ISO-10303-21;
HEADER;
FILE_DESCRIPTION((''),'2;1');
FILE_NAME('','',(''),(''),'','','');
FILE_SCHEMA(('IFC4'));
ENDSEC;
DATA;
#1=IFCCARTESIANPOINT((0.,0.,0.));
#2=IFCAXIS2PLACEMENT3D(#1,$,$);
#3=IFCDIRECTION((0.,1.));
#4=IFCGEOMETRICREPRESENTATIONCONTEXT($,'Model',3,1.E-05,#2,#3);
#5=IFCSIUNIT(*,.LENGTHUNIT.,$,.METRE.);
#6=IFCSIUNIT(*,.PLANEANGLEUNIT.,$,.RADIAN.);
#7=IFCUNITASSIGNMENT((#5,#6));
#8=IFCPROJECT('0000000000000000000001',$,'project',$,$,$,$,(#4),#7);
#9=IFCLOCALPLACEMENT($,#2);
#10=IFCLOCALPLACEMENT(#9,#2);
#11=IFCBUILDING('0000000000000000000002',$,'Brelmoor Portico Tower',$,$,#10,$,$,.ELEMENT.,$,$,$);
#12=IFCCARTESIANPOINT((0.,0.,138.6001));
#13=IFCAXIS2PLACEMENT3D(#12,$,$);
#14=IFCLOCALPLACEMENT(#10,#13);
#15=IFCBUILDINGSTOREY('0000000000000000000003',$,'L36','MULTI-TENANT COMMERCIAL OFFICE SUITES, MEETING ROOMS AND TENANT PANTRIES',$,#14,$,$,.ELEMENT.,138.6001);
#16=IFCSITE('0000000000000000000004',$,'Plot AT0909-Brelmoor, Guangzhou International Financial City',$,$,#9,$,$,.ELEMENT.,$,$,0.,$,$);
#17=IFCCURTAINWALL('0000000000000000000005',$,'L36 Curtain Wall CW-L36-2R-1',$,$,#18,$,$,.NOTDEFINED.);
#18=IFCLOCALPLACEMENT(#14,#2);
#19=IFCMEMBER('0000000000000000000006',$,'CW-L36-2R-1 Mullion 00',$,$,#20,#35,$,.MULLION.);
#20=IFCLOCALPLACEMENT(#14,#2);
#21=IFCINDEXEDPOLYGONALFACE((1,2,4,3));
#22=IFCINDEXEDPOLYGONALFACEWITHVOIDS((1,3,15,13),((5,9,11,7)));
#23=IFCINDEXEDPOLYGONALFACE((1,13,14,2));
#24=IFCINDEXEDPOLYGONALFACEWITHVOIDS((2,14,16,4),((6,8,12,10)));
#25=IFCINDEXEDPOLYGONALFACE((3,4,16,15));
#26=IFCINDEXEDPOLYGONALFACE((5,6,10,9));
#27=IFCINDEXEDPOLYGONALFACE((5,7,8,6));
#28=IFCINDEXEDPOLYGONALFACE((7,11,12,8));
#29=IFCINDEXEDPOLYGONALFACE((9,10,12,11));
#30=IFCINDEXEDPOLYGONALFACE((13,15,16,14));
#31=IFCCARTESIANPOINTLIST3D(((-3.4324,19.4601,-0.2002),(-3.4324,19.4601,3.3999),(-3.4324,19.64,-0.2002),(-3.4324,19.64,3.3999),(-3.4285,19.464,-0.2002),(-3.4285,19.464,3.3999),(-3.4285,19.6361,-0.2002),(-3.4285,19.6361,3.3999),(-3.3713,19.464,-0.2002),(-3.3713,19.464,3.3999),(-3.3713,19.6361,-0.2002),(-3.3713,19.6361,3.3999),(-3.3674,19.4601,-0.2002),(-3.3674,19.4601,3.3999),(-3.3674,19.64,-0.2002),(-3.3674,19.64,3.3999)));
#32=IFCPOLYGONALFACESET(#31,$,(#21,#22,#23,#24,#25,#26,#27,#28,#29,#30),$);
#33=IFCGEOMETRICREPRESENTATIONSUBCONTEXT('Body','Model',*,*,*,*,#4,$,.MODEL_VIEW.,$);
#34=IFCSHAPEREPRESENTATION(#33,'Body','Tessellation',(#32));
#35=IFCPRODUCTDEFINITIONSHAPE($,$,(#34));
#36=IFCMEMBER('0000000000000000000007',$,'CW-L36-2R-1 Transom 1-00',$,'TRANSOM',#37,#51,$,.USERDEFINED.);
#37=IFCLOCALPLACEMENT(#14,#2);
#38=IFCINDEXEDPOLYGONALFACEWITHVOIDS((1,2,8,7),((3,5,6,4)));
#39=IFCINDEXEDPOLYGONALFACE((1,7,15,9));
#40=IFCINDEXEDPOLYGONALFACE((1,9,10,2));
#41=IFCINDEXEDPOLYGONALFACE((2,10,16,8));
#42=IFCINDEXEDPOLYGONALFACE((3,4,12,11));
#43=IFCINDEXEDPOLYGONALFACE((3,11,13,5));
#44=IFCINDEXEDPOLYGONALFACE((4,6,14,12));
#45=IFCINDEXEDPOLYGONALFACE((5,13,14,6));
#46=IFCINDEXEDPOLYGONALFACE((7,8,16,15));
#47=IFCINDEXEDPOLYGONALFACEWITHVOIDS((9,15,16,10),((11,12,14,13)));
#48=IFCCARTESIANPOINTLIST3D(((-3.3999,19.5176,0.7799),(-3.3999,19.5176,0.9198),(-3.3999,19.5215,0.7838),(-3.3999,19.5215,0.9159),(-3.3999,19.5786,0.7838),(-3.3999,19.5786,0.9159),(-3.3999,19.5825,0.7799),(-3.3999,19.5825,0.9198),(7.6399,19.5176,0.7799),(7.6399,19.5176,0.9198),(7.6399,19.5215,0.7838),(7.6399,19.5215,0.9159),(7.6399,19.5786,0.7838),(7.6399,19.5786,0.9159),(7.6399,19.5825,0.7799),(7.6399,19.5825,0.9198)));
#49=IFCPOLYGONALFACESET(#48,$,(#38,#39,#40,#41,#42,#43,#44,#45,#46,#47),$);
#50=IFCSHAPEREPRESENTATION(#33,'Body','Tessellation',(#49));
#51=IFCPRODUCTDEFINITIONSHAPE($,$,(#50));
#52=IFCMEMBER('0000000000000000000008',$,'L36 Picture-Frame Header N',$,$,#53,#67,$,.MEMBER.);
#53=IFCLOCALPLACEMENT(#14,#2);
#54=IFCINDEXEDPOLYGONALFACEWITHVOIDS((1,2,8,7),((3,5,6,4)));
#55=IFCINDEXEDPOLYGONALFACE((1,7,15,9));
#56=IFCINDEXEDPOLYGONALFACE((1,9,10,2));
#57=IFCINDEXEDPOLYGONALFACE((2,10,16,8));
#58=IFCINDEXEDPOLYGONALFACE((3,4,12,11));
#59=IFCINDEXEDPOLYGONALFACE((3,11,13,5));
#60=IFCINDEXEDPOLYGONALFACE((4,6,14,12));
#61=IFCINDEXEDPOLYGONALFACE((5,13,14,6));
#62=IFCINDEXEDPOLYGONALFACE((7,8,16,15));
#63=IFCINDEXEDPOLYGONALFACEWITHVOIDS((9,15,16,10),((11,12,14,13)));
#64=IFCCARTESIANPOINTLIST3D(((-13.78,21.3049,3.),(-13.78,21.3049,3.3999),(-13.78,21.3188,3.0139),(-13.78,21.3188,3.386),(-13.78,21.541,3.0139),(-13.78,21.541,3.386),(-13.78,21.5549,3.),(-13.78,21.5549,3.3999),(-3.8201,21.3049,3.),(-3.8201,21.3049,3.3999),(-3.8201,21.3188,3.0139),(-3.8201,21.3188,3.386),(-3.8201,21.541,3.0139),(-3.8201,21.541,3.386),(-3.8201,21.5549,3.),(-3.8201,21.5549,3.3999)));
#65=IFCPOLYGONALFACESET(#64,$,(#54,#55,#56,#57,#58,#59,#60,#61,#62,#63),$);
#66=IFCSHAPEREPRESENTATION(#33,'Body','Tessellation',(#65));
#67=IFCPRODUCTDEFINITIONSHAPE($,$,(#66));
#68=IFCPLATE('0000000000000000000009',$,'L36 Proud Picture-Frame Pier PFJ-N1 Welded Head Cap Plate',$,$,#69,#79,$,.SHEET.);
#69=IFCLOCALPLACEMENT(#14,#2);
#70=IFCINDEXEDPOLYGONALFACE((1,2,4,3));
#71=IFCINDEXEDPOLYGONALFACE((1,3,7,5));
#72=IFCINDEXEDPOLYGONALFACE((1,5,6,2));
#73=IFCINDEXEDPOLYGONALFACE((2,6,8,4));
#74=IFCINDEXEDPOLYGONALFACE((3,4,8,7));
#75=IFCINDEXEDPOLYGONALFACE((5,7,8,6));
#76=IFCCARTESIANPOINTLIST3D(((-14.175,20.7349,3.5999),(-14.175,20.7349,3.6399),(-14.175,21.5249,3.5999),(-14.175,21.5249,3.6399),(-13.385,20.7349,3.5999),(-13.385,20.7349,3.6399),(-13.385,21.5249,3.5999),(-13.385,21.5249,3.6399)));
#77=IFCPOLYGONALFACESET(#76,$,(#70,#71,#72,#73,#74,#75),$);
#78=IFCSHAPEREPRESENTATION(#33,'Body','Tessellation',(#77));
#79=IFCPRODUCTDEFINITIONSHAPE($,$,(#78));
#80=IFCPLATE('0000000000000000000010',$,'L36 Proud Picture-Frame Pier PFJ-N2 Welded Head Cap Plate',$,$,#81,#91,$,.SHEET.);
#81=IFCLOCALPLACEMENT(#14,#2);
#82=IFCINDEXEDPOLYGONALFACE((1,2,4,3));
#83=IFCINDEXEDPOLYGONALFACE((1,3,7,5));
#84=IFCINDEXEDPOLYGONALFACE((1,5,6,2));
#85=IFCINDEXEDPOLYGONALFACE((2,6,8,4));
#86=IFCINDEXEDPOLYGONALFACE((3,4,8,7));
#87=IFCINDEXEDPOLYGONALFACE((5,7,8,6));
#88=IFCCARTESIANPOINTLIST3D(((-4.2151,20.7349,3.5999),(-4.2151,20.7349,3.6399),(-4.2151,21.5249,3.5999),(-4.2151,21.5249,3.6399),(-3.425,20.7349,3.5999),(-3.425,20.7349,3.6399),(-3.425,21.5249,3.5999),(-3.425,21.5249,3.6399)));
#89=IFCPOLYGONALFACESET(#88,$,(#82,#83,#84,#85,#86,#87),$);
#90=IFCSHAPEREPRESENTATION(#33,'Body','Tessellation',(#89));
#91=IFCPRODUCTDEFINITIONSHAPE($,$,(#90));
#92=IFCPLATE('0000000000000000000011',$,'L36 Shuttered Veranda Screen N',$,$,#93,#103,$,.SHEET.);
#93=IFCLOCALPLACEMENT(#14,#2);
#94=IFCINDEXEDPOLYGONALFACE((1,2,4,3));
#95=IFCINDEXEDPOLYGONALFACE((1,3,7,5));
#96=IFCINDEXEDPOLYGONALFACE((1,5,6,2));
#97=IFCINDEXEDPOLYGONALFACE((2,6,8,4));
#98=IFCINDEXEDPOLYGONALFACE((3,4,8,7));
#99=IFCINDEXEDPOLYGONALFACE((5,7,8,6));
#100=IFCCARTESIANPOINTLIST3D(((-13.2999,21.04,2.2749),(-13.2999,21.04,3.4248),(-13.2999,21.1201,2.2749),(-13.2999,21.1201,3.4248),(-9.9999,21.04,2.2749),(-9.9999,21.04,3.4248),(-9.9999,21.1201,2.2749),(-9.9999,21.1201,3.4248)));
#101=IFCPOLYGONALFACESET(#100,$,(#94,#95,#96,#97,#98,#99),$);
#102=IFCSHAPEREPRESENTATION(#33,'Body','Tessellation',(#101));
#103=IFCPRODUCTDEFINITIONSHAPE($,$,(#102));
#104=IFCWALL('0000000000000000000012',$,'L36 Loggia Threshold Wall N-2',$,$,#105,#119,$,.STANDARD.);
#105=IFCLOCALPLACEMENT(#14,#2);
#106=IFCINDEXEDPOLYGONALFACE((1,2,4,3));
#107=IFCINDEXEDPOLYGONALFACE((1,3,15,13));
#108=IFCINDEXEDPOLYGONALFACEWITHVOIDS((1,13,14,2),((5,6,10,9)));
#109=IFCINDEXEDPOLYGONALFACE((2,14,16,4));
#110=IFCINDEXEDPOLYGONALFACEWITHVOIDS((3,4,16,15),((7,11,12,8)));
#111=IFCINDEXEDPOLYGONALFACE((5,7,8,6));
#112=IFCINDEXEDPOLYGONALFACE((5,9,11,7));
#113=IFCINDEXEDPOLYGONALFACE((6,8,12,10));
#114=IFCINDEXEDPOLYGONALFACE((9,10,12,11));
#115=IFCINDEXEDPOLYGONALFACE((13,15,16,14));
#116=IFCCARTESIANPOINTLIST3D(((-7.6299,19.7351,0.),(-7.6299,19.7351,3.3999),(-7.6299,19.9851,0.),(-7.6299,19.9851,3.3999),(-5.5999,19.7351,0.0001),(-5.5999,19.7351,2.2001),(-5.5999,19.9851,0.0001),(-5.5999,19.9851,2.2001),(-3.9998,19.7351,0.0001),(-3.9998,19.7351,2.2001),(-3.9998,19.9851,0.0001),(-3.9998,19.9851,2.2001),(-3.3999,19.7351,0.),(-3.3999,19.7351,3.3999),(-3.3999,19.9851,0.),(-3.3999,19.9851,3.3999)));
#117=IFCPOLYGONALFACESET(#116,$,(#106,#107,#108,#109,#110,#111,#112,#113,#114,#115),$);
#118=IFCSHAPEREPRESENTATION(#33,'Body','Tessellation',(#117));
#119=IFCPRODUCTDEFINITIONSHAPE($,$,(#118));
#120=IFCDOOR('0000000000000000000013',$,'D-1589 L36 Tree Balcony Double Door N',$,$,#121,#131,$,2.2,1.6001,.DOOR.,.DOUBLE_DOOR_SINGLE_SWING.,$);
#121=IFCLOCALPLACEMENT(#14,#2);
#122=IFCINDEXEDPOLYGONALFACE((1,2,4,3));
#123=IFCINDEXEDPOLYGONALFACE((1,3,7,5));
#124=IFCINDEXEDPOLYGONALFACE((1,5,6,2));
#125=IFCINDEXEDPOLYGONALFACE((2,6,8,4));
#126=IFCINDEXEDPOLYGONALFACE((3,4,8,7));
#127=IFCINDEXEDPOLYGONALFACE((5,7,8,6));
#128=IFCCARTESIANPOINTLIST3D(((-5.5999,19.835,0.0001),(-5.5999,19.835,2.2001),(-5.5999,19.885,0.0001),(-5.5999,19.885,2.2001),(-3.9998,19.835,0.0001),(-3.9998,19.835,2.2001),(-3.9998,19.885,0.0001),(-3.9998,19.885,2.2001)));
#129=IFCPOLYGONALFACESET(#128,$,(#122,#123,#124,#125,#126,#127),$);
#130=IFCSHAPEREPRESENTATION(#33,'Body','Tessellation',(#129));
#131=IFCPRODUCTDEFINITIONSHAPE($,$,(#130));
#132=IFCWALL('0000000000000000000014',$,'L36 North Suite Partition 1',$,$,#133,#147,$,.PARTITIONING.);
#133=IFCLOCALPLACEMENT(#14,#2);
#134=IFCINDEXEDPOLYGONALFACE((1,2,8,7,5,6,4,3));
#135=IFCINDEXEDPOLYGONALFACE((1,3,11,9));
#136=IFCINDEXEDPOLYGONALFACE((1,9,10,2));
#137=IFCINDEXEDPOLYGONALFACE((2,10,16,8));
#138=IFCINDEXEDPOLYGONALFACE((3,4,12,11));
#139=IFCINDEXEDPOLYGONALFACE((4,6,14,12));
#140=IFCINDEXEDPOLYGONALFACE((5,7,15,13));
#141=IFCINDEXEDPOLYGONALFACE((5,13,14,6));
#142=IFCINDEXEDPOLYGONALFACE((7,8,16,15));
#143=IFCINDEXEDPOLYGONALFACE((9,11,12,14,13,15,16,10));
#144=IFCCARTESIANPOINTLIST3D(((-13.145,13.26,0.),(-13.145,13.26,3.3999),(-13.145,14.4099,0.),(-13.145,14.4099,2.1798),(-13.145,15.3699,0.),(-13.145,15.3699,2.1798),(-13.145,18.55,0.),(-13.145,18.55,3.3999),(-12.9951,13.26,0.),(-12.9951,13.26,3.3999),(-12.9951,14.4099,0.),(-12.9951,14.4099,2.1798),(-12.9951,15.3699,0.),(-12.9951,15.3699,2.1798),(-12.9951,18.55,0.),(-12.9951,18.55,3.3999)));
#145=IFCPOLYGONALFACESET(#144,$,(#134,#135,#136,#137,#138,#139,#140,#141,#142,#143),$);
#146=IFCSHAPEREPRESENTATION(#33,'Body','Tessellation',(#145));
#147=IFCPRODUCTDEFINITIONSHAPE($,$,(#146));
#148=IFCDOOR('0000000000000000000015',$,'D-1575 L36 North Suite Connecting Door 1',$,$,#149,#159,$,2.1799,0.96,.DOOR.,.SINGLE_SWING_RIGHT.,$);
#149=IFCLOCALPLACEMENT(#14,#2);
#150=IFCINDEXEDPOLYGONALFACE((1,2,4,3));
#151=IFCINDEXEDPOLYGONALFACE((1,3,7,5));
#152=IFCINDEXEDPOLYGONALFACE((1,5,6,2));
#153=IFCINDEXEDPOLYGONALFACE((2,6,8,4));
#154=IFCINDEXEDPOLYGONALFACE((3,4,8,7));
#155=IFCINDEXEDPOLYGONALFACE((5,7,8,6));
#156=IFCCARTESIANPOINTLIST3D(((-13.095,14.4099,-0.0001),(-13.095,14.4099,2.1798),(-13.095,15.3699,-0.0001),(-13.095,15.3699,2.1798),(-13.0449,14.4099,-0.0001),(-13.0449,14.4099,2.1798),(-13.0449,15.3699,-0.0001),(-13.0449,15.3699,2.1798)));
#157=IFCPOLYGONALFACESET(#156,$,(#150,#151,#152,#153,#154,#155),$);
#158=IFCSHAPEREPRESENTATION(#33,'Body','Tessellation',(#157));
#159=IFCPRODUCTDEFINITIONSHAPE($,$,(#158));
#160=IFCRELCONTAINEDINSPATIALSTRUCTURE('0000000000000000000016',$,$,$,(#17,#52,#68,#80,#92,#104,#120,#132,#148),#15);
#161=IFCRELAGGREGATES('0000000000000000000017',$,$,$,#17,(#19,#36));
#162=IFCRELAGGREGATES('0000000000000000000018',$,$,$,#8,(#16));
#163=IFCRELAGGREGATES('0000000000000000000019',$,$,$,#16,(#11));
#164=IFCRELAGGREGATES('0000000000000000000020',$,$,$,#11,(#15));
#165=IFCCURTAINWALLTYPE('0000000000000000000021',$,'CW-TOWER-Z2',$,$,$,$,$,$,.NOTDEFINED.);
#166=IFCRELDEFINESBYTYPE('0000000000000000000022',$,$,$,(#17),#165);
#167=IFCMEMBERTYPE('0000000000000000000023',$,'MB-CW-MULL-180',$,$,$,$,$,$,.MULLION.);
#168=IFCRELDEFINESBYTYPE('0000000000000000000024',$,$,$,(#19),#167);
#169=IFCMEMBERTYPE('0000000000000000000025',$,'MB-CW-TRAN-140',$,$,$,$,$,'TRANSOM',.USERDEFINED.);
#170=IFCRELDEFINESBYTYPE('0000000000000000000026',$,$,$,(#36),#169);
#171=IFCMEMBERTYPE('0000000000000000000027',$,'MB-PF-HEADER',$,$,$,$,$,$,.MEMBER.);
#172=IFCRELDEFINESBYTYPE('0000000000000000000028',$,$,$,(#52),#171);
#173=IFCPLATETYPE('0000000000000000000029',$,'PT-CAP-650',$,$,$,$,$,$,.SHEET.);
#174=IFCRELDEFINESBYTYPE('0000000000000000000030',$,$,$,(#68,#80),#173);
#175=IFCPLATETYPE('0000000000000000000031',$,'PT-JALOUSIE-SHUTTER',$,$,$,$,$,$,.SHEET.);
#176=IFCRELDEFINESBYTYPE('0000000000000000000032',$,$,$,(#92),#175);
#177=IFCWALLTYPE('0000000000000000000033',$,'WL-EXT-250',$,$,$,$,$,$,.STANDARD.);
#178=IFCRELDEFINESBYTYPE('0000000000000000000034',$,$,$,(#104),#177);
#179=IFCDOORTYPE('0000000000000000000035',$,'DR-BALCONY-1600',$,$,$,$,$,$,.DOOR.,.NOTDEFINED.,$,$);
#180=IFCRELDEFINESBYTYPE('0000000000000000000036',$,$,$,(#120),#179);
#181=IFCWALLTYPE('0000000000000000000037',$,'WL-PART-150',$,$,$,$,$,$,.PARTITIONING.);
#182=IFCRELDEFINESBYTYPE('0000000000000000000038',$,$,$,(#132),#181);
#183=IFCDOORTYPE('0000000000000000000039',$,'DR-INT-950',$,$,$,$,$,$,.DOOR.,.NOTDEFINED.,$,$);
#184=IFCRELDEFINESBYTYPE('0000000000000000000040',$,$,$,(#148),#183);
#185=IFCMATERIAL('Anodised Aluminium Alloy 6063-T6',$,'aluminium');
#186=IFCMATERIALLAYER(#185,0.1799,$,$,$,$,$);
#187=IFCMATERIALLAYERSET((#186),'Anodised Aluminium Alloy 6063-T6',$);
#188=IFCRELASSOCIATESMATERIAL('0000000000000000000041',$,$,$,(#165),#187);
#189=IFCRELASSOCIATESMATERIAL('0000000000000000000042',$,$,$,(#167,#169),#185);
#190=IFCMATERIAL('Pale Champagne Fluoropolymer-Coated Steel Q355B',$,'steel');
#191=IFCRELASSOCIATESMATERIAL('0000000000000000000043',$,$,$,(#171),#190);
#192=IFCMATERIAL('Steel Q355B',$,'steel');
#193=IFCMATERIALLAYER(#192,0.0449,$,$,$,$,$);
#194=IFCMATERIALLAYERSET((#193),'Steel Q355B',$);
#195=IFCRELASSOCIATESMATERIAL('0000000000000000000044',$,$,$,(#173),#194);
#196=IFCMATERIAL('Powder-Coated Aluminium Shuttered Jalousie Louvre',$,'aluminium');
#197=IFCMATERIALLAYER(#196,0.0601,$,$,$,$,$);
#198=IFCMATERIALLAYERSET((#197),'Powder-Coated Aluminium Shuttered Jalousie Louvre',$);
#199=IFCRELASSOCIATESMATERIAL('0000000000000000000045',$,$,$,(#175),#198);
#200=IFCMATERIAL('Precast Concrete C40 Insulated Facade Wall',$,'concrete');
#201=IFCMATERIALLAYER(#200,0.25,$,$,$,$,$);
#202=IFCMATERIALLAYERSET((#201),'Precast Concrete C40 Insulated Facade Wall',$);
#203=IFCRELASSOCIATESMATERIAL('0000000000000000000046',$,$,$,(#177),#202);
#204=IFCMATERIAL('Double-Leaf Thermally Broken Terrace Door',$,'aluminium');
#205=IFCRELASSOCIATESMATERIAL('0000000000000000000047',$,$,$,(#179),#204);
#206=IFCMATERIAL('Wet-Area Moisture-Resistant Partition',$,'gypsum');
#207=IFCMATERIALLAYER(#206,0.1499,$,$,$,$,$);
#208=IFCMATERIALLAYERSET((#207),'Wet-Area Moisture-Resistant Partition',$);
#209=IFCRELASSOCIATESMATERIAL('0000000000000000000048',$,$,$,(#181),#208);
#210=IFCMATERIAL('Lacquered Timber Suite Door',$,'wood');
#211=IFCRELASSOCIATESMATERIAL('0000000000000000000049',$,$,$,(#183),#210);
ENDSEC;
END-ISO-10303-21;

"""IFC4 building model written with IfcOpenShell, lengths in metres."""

from ifc_helpers import new_model, si_unit, direction, frame, frame_2d, origin, origin_2d, place, context, subcontext, project, spatial, rectangle, hollow_rectangle, extrude, material, layer, layer_set, material_profile, profile_set, type_object, element, fill, aggregate, save


model = new_model("IFC4")

# Units and contexts
model_context = context("Model", 3, precision=1e-05, world=origin(), true_north=direction((0.0, 1.0)))
body_context = subcontext(model_context, "Body", "Model", "MODEL_VIEW")
ifc_project = project(units=[si_unit("LENGTHUNIT", "METRE"), si_unit("PLANEANGLEUNIT", "RADIAN")], contexts=[model_context])

# Site, building, storey
site_placement = place(None, origin())
site = spatial("IfcSite", under=ifc_project, at=site_placement, Name="Plot AT0909-Brelmoor, Guangzhou International Financial City", CompositionType="ELEMENT", RefElevation=0.0)
building_placement = place(site_placement, origin())
building = spatial("IfcBuilding", under=site, at=building_placement, Name="Brelmoor Portico Tower", CompositionType="ELEMENT")
storey_placement = place(building_placement, frame((0.0, 0.0, 138.6001)))
storey = spatial("IfcBuildingStorey", under=building, at=storey_placement, Name="L36", Description="MULTI-TENANT COMMERCIAL OFFICE SUITES, MEETING ROOMS AND TENANT PANTRIES", CompositionType="ELEMENT", Elevation=138.6001)

# Shared definitions
ifc_material_1 = material(Name="Steel Q355B", Category="steel")

# Curtain wall, members
ifc_material_2 = material(Name="Anodised Aluminium Alloy 6063-T6", Category="aluminium")
ifc_layer_1 = layer(ifc_material_2, 0.1799)
ifc_layer_set_1 = layer_set([ifc_layer_1], Name="Anodised Aluminium Alloy 6063-T6")
curtain_wall_type = type_object("IfcCurtainWallType", Name="CW-TOWER-Z2", PredefinedType="NOTDEFINED", material=ifc_layer_set_1)
curtain_wall_placement = place(storey_placement, origin())
curtain_wall = element("IfcCurtainWall", 1, at=curtain_wall_placement, inside=storey, type_object=curtain_wall_type, Name="L36 Curtain Wall CW-L36-2R-1", PredefinedType="NOTDEFINED")
ifc_material_profile_1 = material_profile(ifc_material_2, hollow_rectangle(XDim=0.0649, YDim=0.1799, WallThickness=0.0039, at=origin_2d()), Name="ALU MULLION 65x180")
ifc_profile_set_1 = profile_set([ifc_material_profile_1], Name="Anodised Aluminium Alloy 6063-T6")
member_type_1 = type_object("IfcMemberType", Name="MB-CW-MULL-180", PredefinedType="MULLION", material=ifc_profile_set_1)
member_1_placement = place(storey_placement, frame((-3.3999, 19.55, -0.2002), z_axis=(0.0, 0.0, 1.0), x_axis=(1.0, 0.0, 0.0)))
member_1 = element("IfcMember", 2, at=member_1_placement, type_object=member_type_1, Name="CW-L36-2R-1 Mullion 00", PredefinedType="MULLION", context=body_context, shape_type="SweptSolid", body=[
    extrude(hollow_rectangle(XDim=0.0649, YDim=0.1799, WallThickness=0.0039, at=origin_2d()), origin(), (0.0, 0.0, 1.0), 3.6001),
])
ifc_material_profile_2 = material_profile(ifc_material_2, hollow_rectangle(XDim=0.0649, YDim=0.1399, WallThickness=0.0039, at=origin_2d()), Name="ALU TRANSOM 65x140")
ifc_profile_set_2 = profile_set([ifc_material_profile_2], Name="Anodised Aluminium Alloy 6063-T6")
member_type_2 = type_object("IfcMemberType", Name="MB-CW-TRAN-140", ElementType="TRANSOM", PredefinedType="USERDEFINED", material=ifc_profile_set_2)
member_2_placement = place(storey_placement, frame((-3.3999, 19.55, 0.8499), z_axis=(1.0, 0.0, 0.0), x_axis=(0.0, 1.0, 0.0)))
member_2 = element("IfcMember", 3, at=member_2_placement, type_object=member_type_2, Name="CW-L36-2R-1 Transom 1-00", ObjectType="TRANSOM", PredefinedType="USERDEFINED", context=body_context, shape_type="SweptSolid", body=[
    extrude(hollow_rectangle(XDim=0.0649, YDim=0.1399, WallThickness=0.0039, at=origin_2d()), origin(), (0.0, 0.0, 1.0), 11.0398),
])
aggregate(curtain_wall, [member_1, member_2])

# Member
ifc_material_3 = material(Name="Pale Champagne Fluoropolymer-Coated Steel Q355B", Category="steel")
ifc_material_profile_3 = material_profile(ifc_material_3, hollow_rectangle(XDim=0.25, YDim=0.3999, WallThickness=0.0139, at=origin_2d()), Name="RHS 250x400x14")
ifc_profile_set_3 = profile_set([ifc_material_profile_3], Name="Pale Champagne Fluoropolymer-Coated Steel Q355B")
member_type_3 = type_object("IfcMemberType", Name="MB-PF-HEADER", PredefinedType="MEMBER", material=ifc_profile_set_3)
member_3_placement = place(storey_placement, frame((-13.78, 21.4299, 3.2), z_axis=(1.0, 0.0, 0.0), x_axis=(0.0, 1.0, 0.0)))
element("IfcMember", 4, at=member_3_placement, inside=storey, type_object=member_type_3, Name="L36 Picture-Frame Header N", PredefinedType="MEMBER", context=body_context, shape_type="SweptSolid", body=[
    extrude(hollow_rectangle(XDim=0.25, YDim=0.3999, WallThickness=0.0139, at=origin_2d()), origin(), (0.0, 0.0, 1.0), 9.96),
])

# Plates
ifc_layer_2 = layer(ifc_material_1, 0.0449)
ifc_layer_set_2 = layer_set([ifc_layer_2], Name="Steel Q355B")
plate_type_1 = type_object("IfcPlateType", Name="PT-CAP-650", PredefinedType="SHEET", material=ifc_layer_set_2)
for number, where, z_axis, x_axis, name in (
    (5, (-13.78, 21.1299, 3.5999), (0.0, 0.0, 1.0), (1.0, 0.0, 0.0), "L36 Proud Picture-Frame Pier PFJ-N1 Welded Head Cap Plate"),
    (6, (-3.8201, 21.1299, 3.5999), (0.0, 0.0, 1.0), (1.0, 0.0, 0.0), "L36 Proud Picture-Frame Pier PFJ-N2 Welded Head Cap Plate"),
):
    element("IfcPlate", number, at=place(storey_placement, frame(where, z_axis=z_axis, x_axis=x_axis)), inside=storey, type_object=plate_type_1, Name=name, PredefinedType="SHEET", context=body_context, shape_type="SweptSolid", body=[
        extrude(rectangle(XDim=0.79, YDim=0.79, at=origin_2d()), origin(), (0.0, 0.0, 1.0), 0.04),
    ])
ifc_material_4 = material(Name="Powder-Coated Aluminium Shuttered Jalousie Louvre", Category="aluminium")
ifc_layer_3 = layer(ifc_material_4, 0.0601)
ifc_layer_set_3 = layer_set([ifc_layer_3], Name="Powder-Coated Aluminium Shuttered Jalousie Louvre")
plate_type_2 = type_object("IfcPlateType", Name="PT-JALOUSIE-SHUTTER", PredefinedType="SHEET", material=ifc_layer_set_3)
plate_placement = place(storey_placement, frame((-11.6499, 21.0801, 2.2749), z_axis=(0.0, 0.0, 1.0), x_axis=(1.0, 0.0, 0.0)))
element("IfcPlate", 7, at=plate_placement, inside=storey, type_object=plate_type_2, Name="L36 Shuttered Veranda Screen N", PredefinedType="SHEET", context=body_context, shape_type="SweptSolid", body=[
    extrude(rectangle(XDim=3.3, YDim=0.0801, at=origin_2d()), origin(), (0.0, 0.0, 1.0), 1.1499),
])

# Walls, openings, doors
ifc_material_5 = material(Name="Precast Concrete C40 Insulated Facade Wall", Category="concrete")
ifc_layer_4 = layer(ifc_material_5, 0.25)
ifc_layer_set_4 = layer_set([ifc_layer_4], Name="Precast Concrete C40 Insulated Facade Wall")
wall_type_1 = type_object("IfcWallType", Name="WL-EXT-250", PredefinedType="STANDARD", material=ifc_layer_set_4)
wall_1_placement = place(storey_placement, frame((-7.6299, 19.8601, 0.0), z_axis=(0.0, 0.0, 1.0), x_axis=(1.0, 0.0, 0.0)))
wall_1 = element("IfcWall", 8, at=wall_1_placement, inside=storey, type_object=wall_type_1, Name="L36 Loggia Threshold Wall N-2", PredefinedType="STANDARD", context=body_context, shape_type="SweptSolid", body=[
    extrude(rectangle(XDim=4.23, YDim=0.25, at=frame_2d((2.115, 0.0))), origin(), (0.0, 0.0, 1.0), 3.3999),
])
opening_1_placement = place(wall_1_placement, frame((2.03, 0.0, 0.0)))
opening_1 = element("IfcOpeningElement", 9, at=opening_1_placement, cuts=wall_1, PredefinedType="OPENING", context=body_context, shape_type="SweptSolid", body=[
    extrude(rectangle(XDim=1.6001, YDim=2.2, at=frame_2d((0.8, 1.1001))), frame((0.0, 0.135, 0.0), z_axis=(0.0, -1.0, 0.0), x_axis=(1.0, 0.0, 0.0)), (0.0, 0.0, 1.0), 0.27),
])
ifc_material_6 = material(Name="Double-Leaf Thermally Broken Terrace Door", Category="aluminium")
door_type_1 = type_object("IfcDoorType", Name="DR-BALCONY-1600", OperationType="NOTDEFINED", PredefinedType="DOOR", material=ifc_material_6)
door_1_placement = place(opening_1_placement, origin())
door_1 = element("IfcDoor", 10, at=door_1_placement, inside=storey, type_object=door_type_1, Name="D-1589 L36 Tree Balcony Double Door N", OperationType="DOUBLE_DOOR_SINGLE_SWING", OverallHeight=2.2, OverallWidth=1.6001, PredefinedType="DOOR", context=body_context, shape_type="SweptSolid", body=[
    extrude(rectangle(XDim=1.6001, YDim=2.2, at=frame_2d((0.8, 1.1001))), frame((0.0, 0.0249, 0.0), z_axis=(0.0, -1.0, 0.0), x_axis=(1.0, 0.0, 0.0)), (0.0, 0.0, 1.0), 0.05),
])
fill(opening_1, door_1)
ifc_material_7 = material(Name="Wet-Area Moisture-Resistant Partition", Category="gypsum")
ifc_layer_5 = layer(ifc_material_7, 0.1499)
ifc_layer_set_5 = layer_set([ifc_layer_5], Name="Wet-Area Moisture-Resistant Partition")
wall_type_2 = type_object("IfcWallType", Name="WL-PART-150", PredefinedType="PARTITIONING", material=ifc_layer_set_5)
wall_2_placement = place(storey_placement, frame((-13.0701, 13.26, 0.0), z_axis=(0.0, 0.0, 1.0), x_axis=(0.0, 1.0, 0.0)))
wall_2 = element("IfcWall", 11, at=wall_2_placement, inside=storey, type_object=wall_type_2, Name="L36 North Suite Partition 1", PredefinedType="PARTITIONING", context=body_context, shape_type="SweptSolid", body=[
    extrude(rectangle(XDim=5.29, YDim=0.1499, at=frame_2d((2.645, 0.0))), origin(), (0.0, 0.0, 1.0), 3.3999),
])
opening_2_placement = place(wall_2_placement, frame((1.1499, 0.0, 0.0)))
opening_2 = element("IfcOpeningElement", 12, at=opening_2_placement, cuts=wall_2, PredefinedType="OPENING", context=body_context, shape_type="SweptSolid", body=[
    extrude(rectangle(XDim=0.96, YDim=2.1799, at=frame_2d((0.48, 1.0898))), frame((0.0, 0.085, 0.0), z_axis=(0.0, -1.0, 0.0), x_axis=(1.0, 0.0, 0.0)), (0.0, 0.0, 1.0), 0.1699),
])
ifc_material_8 = material(Name="Lacquered Timber Suite Door", Category="wood")
door_type_2 = type_object("IfcDoorType", Name="DR-INT-950", OperationType="NOTDEFINED", PredefinedType="DOOR", material=ifc_material_8)
door_2_placement = place(opening_2_placement, origin())
door_2 = element("IfcDoor", 13, at=door_2_placement, inside=storey, type_object=door_type_2, Name="D-1575 L36 North Suite Connecting Door 1", OperationType="SINGLE_SWING_RIGHT", OverallHeight=2.1799, OverallWidth=0.96, PredefinedType="DOOR", context=body_context, shape_type="SweptSolid", body=[
    extrude(rectangle(XDim=0.96, YDim=2.1799, at=frame_2d((0.48, 1.0898))), frame((0.0, 0.0249, 0.0), z_axis=(0.0, -1.0, 0.0), x_axis=(1.0, 0.0, 0.0)), (0.0, 0.0, 1.0), 0.05),
])
fill(opening_2, door_2)

save(model, "model.ifc")
